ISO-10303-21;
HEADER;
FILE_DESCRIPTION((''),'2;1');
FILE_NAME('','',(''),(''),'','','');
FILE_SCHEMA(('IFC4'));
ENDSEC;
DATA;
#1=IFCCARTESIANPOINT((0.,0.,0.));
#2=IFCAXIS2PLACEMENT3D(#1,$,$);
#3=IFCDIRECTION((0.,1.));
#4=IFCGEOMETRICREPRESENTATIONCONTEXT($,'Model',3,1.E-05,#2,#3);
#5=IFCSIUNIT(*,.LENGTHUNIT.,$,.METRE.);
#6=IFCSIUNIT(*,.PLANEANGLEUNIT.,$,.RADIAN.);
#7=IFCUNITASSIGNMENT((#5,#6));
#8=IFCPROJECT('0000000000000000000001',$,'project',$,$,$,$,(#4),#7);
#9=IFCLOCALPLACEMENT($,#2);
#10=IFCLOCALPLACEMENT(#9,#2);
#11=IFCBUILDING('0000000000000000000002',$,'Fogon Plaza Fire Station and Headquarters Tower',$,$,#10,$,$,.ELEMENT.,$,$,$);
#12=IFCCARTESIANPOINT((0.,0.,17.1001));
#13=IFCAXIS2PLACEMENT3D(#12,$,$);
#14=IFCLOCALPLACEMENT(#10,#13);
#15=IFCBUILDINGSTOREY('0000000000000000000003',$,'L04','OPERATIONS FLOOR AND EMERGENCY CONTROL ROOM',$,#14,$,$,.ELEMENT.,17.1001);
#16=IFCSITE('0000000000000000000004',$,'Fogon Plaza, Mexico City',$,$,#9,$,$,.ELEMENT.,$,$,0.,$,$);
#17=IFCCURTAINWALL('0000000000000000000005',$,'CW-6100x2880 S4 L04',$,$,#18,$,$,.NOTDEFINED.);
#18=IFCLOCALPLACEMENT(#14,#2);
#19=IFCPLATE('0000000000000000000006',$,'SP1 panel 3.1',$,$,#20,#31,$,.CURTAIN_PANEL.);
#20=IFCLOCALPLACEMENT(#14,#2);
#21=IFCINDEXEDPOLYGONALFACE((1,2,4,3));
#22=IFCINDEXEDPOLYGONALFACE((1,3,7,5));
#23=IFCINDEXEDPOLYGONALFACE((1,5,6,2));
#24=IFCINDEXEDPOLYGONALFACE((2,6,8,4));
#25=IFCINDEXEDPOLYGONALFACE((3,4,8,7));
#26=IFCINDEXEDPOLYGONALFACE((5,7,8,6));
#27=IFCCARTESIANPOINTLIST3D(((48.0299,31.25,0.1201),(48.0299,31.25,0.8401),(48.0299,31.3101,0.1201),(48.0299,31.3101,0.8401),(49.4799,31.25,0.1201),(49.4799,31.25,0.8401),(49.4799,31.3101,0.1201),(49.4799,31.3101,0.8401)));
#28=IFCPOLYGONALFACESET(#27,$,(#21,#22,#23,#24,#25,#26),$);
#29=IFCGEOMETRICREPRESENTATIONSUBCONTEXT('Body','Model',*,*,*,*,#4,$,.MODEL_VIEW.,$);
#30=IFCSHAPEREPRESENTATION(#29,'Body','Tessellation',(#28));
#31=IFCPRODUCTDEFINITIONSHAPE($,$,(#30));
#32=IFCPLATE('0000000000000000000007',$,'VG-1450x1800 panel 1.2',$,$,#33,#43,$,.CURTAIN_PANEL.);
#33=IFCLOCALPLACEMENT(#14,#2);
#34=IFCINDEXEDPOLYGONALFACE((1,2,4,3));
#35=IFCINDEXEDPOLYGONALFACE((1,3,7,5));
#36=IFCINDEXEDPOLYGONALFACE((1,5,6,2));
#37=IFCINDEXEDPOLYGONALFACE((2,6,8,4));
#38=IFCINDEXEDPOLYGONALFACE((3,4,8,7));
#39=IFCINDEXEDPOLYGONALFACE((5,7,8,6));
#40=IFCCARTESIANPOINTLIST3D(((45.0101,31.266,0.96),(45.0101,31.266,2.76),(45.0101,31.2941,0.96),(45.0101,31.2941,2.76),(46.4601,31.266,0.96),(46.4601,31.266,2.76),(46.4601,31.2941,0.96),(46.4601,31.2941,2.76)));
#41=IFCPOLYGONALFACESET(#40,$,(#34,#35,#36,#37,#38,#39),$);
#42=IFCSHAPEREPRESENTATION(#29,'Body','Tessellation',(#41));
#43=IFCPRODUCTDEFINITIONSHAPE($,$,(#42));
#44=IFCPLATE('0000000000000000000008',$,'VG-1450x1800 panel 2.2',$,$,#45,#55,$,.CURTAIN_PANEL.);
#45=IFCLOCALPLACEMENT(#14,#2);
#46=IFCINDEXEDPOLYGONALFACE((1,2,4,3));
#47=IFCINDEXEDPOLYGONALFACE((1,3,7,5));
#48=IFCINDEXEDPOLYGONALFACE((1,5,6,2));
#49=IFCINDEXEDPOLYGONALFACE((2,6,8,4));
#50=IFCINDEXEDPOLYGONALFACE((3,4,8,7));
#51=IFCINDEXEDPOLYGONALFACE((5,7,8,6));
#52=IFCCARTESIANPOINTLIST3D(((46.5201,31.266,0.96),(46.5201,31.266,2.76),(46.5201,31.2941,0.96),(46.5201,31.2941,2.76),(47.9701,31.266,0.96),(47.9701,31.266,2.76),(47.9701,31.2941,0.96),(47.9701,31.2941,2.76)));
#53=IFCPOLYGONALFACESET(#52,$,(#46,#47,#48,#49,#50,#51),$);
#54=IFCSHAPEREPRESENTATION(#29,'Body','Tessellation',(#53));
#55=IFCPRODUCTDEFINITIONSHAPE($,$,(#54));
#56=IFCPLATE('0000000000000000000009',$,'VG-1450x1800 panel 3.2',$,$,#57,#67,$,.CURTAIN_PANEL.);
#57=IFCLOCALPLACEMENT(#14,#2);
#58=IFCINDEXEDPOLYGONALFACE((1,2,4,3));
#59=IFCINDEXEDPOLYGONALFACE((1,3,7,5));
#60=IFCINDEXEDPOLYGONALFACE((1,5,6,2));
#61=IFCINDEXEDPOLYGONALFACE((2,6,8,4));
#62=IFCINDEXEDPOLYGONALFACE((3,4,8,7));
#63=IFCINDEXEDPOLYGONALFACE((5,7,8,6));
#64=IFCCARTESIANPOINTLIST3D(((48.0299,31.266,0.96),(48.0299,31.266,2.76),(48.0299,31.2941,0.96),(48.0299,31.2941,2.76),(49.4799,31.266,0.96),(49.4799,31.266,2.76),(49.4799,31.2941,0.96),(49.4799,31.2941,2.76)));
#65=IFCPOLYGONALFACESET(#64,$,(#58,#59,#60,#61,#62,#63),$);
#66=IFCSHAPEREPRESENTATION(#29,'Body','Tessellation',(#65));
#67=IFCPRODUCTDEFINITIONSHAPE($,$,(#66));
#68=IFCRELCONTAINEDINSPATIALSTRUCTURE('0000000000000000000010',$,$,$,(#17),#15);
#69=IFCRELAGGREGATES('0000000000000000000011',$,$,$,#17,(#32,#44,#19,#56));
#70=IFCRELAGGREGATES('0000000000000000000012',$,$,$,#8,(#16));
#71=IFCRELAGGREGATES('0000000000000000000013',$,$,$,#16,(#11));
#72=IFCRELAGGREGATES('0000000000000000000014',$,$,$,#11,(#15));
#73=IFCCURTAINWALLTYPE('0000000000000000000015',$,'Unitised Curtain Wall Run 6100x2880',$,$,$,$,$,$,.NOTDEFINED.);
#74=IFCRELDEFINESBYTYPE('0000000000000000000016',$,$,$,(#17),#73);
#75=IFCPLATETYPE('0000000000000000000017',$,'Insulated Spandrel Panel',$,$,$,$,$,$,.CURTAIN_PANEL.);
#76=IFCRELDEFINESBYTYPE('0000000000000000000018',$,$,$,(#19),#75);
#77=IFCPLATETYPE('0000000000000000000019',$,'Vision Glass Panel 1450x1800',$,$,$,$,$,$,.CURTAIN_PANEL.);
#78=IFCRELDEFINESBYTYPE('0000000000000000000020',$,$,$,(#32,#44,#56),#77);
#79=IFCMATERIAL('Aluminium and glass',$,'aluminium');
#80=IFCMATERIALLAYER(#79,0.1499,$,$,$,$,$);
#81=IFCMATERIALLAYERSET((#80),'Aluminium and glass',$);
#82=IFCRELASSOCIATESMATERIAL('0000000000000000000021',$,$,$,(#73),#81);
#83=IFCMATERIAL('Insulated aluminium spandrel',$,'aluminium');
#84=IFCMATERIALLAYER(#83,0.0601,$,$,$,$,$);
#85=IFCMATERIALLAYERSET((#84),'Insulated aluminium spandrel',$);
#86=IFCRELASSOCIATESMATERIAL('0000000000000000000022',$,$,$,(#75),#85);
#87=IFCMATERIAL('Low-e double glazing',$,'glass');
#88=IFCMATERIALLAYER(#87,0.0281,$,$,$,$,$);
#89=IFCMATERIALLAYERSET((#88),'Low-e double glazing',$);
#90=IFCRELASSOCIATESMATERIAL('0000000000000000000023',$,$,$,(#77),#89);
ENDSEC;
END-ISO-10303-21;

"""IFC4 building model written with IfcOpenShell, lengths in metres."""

from ifc_helpers import new_model, si_unit, direction, frame, origin, origin_2d, place, context, subcontext, project, spatial, rectangle, extrude, material, layer, layer_set, type_object, element, aggregate, save


model = new_model("IFC4")

# Units and contexts
model_context = context("Model", 3, precision=1e-05, world=origin(), true_north=direction((0.0, 1.0)))
body_context = subcontext(model_context, "Body", "Model", "MODEL_VIEW")
ifc_project = project(units=[si_unit("LENGTHUNIT", "METRE"), si_unit("PLANEANGLEUNIT", "RADIAN")], contexts=[model_context])

# Site, building, storey
site_placement = place(None, origin())
site = spatial("IfcSite", under=ifc_project, at=site_placement, Name="Fogon Plaza, Mexico City", CompositionType="ELEMENT", RefElevation=0.0)
building_placement = place(site_placement, origin())
building = spatial("IfcBuilding", under=site, at=building_placement, Name="Fogon Plaza Fire Station and Headquarters Tower", CompositionType="ELEMENT")
storey_placement = place(building_placement, frame((0.0, 0.0, 17.1001)))
storey = spatial("IfcBuildingStorey", under=building, at=storey_placement, Name="L04", Description="OPERATIONS FLOOR AND EMERGENCY CONTROL ROOM", CompositionType="ELEMENT", Elevation=17.1001)

# Curtain wall, plates
ifc_material_1 = material(Name="Aluminium and glass", Category="aluminium")
ifc_layer_1 = layer(ifc_material_1, 0.1499)
ifc_layer_set_1 = layer_set([ifc_layer_1], Name="Aluminium and glass")
curtain_wall_type = type_object("IfcCurtainWallType", Name="Unitised Curtain Wall Run 6100x2880", PredefinedType="NOTDEFINED", material=ifc_layer_set_1)
curtain_wall_placement = place(storey_placement, origin())
curtain_wall = element("IfcCurtainWall", 1, at=curtain_wall_placement, inside=storey, type_object=curtain_wall_type, Name="CW-6100x2880 S4 L04", PredefinedType="NOTDEFINED")
ifc_material_2 = material(Name="Insulated aluminium spandrel", Category="aluminium")
ifc_layer_2 = layer(ifc_material_2, 0.0601)
ifc_layer_set_2 = layer_set([ifc_layer_2], Name="Insulated aluminium spandrel")
plate_type_1 = type_object("IfcPlateType", Name="Insulated Spandrel Panel", PredefinedType="CURTAIN_PANEL", material=ifc_layer_set_2)
plate_1_placement = place(storey_placement, frame((48.7549, 31.28, 0.1201), z_axis=(0.0, 0.0, 1.0), x_axis=(1.0, 0.0, 0.0)))
plate_1 = element("IfcPlate", 2, at=plate_1_placement, type_object=plate_type_1, Name="SP1 panel 3.1", PredefinedType="CURTAIN_PANEL", context=body_context, shape_type="SweptSolid", body=[
    extrude(rectangle(XDim=1.45, YDim=0.0601, at=origin_2d()), origin(), (0.0, 0.0, 1.0), 0.72),
])
ifc_material_3 = material(Name="Low-e double glazing", Category="glass")
ifc_layer_3 = layer(ifc_material_3, 0.0281)
ifc_layer_set_3 = layer_set([ifc_layer_3], Name="Low-e double glazing")
plate_type_2 = type_object("IfcPlateType", Name="Vision Glass Panel 1450x1800", PredefinedType="CURTAIN_PANEL", material=ifc_layer_set_3)
plate_2_placement = place(storey_placement, frame((45.7351, 31.28, 0.96), z_axis=(0.0, 0.0, 1.0), x_axis=(1.0, 0.0, 0.0)))
plate_2 = element("IfcPlate", 3, at=plate_2_placement, type_object=plate_type_2, Name="VG-1450x1800 panel 1.2", PredefinedType="CURTAIN_PANEL", context=body_context, shape_type="SweptSolid", body=[
    extrude(rectangle(XDim=1.45, YDim=0.0281, at=origin_2d()), origin(), (0.0, 0.0, 1.0), 1.8),
])
plate_3_placement = place(storey_placement, frame((47.2451, 31.28, 0.96), z_axis=(0.0, 0.0, 1.0), x_axis=(1.0, 0.0, 0.0)))
plate_3 = element("IfcPlate", 4, at=plate_3_placement, type_object=plate_type_2, Name="VG-1450x1800 panel 2.2", PredefinedType="CURTAIN_PANEL", context=body_context, shape_type="SweptSolid", body=[
    extrude(rectangle(XDim=1.45, YDim=0.0281, at=origin_2d()), origin(), (0.0, 0.0, 1.0), 1.8),
])
plate_4_placement = place(storey_placement, frame((48.7549, 31.28, 0.96), z_axis=(0.0, 0.0, 1.0), x_axis=(1.0, 0.0, 0.0)))
plate_4 = element("IfcPlate", 5, at=plate_4_placement, type_object=plate_type_2, Name="VG-1450x1800 panel 3.2", PredefinedType="CURTAIN_PANEL", context=body_context, shape_type="SweptSolid", body=[
    extrude(rectangle(XDim=1.45, YDim=0.0281, at=origin_2d()), origin(), (0.0, 0.0, 1.0), 1.8),
])
aggregate(curtain_wall, [plate_2, plate_3, plate_1, plate_4])

save(model, "model.ifc")
